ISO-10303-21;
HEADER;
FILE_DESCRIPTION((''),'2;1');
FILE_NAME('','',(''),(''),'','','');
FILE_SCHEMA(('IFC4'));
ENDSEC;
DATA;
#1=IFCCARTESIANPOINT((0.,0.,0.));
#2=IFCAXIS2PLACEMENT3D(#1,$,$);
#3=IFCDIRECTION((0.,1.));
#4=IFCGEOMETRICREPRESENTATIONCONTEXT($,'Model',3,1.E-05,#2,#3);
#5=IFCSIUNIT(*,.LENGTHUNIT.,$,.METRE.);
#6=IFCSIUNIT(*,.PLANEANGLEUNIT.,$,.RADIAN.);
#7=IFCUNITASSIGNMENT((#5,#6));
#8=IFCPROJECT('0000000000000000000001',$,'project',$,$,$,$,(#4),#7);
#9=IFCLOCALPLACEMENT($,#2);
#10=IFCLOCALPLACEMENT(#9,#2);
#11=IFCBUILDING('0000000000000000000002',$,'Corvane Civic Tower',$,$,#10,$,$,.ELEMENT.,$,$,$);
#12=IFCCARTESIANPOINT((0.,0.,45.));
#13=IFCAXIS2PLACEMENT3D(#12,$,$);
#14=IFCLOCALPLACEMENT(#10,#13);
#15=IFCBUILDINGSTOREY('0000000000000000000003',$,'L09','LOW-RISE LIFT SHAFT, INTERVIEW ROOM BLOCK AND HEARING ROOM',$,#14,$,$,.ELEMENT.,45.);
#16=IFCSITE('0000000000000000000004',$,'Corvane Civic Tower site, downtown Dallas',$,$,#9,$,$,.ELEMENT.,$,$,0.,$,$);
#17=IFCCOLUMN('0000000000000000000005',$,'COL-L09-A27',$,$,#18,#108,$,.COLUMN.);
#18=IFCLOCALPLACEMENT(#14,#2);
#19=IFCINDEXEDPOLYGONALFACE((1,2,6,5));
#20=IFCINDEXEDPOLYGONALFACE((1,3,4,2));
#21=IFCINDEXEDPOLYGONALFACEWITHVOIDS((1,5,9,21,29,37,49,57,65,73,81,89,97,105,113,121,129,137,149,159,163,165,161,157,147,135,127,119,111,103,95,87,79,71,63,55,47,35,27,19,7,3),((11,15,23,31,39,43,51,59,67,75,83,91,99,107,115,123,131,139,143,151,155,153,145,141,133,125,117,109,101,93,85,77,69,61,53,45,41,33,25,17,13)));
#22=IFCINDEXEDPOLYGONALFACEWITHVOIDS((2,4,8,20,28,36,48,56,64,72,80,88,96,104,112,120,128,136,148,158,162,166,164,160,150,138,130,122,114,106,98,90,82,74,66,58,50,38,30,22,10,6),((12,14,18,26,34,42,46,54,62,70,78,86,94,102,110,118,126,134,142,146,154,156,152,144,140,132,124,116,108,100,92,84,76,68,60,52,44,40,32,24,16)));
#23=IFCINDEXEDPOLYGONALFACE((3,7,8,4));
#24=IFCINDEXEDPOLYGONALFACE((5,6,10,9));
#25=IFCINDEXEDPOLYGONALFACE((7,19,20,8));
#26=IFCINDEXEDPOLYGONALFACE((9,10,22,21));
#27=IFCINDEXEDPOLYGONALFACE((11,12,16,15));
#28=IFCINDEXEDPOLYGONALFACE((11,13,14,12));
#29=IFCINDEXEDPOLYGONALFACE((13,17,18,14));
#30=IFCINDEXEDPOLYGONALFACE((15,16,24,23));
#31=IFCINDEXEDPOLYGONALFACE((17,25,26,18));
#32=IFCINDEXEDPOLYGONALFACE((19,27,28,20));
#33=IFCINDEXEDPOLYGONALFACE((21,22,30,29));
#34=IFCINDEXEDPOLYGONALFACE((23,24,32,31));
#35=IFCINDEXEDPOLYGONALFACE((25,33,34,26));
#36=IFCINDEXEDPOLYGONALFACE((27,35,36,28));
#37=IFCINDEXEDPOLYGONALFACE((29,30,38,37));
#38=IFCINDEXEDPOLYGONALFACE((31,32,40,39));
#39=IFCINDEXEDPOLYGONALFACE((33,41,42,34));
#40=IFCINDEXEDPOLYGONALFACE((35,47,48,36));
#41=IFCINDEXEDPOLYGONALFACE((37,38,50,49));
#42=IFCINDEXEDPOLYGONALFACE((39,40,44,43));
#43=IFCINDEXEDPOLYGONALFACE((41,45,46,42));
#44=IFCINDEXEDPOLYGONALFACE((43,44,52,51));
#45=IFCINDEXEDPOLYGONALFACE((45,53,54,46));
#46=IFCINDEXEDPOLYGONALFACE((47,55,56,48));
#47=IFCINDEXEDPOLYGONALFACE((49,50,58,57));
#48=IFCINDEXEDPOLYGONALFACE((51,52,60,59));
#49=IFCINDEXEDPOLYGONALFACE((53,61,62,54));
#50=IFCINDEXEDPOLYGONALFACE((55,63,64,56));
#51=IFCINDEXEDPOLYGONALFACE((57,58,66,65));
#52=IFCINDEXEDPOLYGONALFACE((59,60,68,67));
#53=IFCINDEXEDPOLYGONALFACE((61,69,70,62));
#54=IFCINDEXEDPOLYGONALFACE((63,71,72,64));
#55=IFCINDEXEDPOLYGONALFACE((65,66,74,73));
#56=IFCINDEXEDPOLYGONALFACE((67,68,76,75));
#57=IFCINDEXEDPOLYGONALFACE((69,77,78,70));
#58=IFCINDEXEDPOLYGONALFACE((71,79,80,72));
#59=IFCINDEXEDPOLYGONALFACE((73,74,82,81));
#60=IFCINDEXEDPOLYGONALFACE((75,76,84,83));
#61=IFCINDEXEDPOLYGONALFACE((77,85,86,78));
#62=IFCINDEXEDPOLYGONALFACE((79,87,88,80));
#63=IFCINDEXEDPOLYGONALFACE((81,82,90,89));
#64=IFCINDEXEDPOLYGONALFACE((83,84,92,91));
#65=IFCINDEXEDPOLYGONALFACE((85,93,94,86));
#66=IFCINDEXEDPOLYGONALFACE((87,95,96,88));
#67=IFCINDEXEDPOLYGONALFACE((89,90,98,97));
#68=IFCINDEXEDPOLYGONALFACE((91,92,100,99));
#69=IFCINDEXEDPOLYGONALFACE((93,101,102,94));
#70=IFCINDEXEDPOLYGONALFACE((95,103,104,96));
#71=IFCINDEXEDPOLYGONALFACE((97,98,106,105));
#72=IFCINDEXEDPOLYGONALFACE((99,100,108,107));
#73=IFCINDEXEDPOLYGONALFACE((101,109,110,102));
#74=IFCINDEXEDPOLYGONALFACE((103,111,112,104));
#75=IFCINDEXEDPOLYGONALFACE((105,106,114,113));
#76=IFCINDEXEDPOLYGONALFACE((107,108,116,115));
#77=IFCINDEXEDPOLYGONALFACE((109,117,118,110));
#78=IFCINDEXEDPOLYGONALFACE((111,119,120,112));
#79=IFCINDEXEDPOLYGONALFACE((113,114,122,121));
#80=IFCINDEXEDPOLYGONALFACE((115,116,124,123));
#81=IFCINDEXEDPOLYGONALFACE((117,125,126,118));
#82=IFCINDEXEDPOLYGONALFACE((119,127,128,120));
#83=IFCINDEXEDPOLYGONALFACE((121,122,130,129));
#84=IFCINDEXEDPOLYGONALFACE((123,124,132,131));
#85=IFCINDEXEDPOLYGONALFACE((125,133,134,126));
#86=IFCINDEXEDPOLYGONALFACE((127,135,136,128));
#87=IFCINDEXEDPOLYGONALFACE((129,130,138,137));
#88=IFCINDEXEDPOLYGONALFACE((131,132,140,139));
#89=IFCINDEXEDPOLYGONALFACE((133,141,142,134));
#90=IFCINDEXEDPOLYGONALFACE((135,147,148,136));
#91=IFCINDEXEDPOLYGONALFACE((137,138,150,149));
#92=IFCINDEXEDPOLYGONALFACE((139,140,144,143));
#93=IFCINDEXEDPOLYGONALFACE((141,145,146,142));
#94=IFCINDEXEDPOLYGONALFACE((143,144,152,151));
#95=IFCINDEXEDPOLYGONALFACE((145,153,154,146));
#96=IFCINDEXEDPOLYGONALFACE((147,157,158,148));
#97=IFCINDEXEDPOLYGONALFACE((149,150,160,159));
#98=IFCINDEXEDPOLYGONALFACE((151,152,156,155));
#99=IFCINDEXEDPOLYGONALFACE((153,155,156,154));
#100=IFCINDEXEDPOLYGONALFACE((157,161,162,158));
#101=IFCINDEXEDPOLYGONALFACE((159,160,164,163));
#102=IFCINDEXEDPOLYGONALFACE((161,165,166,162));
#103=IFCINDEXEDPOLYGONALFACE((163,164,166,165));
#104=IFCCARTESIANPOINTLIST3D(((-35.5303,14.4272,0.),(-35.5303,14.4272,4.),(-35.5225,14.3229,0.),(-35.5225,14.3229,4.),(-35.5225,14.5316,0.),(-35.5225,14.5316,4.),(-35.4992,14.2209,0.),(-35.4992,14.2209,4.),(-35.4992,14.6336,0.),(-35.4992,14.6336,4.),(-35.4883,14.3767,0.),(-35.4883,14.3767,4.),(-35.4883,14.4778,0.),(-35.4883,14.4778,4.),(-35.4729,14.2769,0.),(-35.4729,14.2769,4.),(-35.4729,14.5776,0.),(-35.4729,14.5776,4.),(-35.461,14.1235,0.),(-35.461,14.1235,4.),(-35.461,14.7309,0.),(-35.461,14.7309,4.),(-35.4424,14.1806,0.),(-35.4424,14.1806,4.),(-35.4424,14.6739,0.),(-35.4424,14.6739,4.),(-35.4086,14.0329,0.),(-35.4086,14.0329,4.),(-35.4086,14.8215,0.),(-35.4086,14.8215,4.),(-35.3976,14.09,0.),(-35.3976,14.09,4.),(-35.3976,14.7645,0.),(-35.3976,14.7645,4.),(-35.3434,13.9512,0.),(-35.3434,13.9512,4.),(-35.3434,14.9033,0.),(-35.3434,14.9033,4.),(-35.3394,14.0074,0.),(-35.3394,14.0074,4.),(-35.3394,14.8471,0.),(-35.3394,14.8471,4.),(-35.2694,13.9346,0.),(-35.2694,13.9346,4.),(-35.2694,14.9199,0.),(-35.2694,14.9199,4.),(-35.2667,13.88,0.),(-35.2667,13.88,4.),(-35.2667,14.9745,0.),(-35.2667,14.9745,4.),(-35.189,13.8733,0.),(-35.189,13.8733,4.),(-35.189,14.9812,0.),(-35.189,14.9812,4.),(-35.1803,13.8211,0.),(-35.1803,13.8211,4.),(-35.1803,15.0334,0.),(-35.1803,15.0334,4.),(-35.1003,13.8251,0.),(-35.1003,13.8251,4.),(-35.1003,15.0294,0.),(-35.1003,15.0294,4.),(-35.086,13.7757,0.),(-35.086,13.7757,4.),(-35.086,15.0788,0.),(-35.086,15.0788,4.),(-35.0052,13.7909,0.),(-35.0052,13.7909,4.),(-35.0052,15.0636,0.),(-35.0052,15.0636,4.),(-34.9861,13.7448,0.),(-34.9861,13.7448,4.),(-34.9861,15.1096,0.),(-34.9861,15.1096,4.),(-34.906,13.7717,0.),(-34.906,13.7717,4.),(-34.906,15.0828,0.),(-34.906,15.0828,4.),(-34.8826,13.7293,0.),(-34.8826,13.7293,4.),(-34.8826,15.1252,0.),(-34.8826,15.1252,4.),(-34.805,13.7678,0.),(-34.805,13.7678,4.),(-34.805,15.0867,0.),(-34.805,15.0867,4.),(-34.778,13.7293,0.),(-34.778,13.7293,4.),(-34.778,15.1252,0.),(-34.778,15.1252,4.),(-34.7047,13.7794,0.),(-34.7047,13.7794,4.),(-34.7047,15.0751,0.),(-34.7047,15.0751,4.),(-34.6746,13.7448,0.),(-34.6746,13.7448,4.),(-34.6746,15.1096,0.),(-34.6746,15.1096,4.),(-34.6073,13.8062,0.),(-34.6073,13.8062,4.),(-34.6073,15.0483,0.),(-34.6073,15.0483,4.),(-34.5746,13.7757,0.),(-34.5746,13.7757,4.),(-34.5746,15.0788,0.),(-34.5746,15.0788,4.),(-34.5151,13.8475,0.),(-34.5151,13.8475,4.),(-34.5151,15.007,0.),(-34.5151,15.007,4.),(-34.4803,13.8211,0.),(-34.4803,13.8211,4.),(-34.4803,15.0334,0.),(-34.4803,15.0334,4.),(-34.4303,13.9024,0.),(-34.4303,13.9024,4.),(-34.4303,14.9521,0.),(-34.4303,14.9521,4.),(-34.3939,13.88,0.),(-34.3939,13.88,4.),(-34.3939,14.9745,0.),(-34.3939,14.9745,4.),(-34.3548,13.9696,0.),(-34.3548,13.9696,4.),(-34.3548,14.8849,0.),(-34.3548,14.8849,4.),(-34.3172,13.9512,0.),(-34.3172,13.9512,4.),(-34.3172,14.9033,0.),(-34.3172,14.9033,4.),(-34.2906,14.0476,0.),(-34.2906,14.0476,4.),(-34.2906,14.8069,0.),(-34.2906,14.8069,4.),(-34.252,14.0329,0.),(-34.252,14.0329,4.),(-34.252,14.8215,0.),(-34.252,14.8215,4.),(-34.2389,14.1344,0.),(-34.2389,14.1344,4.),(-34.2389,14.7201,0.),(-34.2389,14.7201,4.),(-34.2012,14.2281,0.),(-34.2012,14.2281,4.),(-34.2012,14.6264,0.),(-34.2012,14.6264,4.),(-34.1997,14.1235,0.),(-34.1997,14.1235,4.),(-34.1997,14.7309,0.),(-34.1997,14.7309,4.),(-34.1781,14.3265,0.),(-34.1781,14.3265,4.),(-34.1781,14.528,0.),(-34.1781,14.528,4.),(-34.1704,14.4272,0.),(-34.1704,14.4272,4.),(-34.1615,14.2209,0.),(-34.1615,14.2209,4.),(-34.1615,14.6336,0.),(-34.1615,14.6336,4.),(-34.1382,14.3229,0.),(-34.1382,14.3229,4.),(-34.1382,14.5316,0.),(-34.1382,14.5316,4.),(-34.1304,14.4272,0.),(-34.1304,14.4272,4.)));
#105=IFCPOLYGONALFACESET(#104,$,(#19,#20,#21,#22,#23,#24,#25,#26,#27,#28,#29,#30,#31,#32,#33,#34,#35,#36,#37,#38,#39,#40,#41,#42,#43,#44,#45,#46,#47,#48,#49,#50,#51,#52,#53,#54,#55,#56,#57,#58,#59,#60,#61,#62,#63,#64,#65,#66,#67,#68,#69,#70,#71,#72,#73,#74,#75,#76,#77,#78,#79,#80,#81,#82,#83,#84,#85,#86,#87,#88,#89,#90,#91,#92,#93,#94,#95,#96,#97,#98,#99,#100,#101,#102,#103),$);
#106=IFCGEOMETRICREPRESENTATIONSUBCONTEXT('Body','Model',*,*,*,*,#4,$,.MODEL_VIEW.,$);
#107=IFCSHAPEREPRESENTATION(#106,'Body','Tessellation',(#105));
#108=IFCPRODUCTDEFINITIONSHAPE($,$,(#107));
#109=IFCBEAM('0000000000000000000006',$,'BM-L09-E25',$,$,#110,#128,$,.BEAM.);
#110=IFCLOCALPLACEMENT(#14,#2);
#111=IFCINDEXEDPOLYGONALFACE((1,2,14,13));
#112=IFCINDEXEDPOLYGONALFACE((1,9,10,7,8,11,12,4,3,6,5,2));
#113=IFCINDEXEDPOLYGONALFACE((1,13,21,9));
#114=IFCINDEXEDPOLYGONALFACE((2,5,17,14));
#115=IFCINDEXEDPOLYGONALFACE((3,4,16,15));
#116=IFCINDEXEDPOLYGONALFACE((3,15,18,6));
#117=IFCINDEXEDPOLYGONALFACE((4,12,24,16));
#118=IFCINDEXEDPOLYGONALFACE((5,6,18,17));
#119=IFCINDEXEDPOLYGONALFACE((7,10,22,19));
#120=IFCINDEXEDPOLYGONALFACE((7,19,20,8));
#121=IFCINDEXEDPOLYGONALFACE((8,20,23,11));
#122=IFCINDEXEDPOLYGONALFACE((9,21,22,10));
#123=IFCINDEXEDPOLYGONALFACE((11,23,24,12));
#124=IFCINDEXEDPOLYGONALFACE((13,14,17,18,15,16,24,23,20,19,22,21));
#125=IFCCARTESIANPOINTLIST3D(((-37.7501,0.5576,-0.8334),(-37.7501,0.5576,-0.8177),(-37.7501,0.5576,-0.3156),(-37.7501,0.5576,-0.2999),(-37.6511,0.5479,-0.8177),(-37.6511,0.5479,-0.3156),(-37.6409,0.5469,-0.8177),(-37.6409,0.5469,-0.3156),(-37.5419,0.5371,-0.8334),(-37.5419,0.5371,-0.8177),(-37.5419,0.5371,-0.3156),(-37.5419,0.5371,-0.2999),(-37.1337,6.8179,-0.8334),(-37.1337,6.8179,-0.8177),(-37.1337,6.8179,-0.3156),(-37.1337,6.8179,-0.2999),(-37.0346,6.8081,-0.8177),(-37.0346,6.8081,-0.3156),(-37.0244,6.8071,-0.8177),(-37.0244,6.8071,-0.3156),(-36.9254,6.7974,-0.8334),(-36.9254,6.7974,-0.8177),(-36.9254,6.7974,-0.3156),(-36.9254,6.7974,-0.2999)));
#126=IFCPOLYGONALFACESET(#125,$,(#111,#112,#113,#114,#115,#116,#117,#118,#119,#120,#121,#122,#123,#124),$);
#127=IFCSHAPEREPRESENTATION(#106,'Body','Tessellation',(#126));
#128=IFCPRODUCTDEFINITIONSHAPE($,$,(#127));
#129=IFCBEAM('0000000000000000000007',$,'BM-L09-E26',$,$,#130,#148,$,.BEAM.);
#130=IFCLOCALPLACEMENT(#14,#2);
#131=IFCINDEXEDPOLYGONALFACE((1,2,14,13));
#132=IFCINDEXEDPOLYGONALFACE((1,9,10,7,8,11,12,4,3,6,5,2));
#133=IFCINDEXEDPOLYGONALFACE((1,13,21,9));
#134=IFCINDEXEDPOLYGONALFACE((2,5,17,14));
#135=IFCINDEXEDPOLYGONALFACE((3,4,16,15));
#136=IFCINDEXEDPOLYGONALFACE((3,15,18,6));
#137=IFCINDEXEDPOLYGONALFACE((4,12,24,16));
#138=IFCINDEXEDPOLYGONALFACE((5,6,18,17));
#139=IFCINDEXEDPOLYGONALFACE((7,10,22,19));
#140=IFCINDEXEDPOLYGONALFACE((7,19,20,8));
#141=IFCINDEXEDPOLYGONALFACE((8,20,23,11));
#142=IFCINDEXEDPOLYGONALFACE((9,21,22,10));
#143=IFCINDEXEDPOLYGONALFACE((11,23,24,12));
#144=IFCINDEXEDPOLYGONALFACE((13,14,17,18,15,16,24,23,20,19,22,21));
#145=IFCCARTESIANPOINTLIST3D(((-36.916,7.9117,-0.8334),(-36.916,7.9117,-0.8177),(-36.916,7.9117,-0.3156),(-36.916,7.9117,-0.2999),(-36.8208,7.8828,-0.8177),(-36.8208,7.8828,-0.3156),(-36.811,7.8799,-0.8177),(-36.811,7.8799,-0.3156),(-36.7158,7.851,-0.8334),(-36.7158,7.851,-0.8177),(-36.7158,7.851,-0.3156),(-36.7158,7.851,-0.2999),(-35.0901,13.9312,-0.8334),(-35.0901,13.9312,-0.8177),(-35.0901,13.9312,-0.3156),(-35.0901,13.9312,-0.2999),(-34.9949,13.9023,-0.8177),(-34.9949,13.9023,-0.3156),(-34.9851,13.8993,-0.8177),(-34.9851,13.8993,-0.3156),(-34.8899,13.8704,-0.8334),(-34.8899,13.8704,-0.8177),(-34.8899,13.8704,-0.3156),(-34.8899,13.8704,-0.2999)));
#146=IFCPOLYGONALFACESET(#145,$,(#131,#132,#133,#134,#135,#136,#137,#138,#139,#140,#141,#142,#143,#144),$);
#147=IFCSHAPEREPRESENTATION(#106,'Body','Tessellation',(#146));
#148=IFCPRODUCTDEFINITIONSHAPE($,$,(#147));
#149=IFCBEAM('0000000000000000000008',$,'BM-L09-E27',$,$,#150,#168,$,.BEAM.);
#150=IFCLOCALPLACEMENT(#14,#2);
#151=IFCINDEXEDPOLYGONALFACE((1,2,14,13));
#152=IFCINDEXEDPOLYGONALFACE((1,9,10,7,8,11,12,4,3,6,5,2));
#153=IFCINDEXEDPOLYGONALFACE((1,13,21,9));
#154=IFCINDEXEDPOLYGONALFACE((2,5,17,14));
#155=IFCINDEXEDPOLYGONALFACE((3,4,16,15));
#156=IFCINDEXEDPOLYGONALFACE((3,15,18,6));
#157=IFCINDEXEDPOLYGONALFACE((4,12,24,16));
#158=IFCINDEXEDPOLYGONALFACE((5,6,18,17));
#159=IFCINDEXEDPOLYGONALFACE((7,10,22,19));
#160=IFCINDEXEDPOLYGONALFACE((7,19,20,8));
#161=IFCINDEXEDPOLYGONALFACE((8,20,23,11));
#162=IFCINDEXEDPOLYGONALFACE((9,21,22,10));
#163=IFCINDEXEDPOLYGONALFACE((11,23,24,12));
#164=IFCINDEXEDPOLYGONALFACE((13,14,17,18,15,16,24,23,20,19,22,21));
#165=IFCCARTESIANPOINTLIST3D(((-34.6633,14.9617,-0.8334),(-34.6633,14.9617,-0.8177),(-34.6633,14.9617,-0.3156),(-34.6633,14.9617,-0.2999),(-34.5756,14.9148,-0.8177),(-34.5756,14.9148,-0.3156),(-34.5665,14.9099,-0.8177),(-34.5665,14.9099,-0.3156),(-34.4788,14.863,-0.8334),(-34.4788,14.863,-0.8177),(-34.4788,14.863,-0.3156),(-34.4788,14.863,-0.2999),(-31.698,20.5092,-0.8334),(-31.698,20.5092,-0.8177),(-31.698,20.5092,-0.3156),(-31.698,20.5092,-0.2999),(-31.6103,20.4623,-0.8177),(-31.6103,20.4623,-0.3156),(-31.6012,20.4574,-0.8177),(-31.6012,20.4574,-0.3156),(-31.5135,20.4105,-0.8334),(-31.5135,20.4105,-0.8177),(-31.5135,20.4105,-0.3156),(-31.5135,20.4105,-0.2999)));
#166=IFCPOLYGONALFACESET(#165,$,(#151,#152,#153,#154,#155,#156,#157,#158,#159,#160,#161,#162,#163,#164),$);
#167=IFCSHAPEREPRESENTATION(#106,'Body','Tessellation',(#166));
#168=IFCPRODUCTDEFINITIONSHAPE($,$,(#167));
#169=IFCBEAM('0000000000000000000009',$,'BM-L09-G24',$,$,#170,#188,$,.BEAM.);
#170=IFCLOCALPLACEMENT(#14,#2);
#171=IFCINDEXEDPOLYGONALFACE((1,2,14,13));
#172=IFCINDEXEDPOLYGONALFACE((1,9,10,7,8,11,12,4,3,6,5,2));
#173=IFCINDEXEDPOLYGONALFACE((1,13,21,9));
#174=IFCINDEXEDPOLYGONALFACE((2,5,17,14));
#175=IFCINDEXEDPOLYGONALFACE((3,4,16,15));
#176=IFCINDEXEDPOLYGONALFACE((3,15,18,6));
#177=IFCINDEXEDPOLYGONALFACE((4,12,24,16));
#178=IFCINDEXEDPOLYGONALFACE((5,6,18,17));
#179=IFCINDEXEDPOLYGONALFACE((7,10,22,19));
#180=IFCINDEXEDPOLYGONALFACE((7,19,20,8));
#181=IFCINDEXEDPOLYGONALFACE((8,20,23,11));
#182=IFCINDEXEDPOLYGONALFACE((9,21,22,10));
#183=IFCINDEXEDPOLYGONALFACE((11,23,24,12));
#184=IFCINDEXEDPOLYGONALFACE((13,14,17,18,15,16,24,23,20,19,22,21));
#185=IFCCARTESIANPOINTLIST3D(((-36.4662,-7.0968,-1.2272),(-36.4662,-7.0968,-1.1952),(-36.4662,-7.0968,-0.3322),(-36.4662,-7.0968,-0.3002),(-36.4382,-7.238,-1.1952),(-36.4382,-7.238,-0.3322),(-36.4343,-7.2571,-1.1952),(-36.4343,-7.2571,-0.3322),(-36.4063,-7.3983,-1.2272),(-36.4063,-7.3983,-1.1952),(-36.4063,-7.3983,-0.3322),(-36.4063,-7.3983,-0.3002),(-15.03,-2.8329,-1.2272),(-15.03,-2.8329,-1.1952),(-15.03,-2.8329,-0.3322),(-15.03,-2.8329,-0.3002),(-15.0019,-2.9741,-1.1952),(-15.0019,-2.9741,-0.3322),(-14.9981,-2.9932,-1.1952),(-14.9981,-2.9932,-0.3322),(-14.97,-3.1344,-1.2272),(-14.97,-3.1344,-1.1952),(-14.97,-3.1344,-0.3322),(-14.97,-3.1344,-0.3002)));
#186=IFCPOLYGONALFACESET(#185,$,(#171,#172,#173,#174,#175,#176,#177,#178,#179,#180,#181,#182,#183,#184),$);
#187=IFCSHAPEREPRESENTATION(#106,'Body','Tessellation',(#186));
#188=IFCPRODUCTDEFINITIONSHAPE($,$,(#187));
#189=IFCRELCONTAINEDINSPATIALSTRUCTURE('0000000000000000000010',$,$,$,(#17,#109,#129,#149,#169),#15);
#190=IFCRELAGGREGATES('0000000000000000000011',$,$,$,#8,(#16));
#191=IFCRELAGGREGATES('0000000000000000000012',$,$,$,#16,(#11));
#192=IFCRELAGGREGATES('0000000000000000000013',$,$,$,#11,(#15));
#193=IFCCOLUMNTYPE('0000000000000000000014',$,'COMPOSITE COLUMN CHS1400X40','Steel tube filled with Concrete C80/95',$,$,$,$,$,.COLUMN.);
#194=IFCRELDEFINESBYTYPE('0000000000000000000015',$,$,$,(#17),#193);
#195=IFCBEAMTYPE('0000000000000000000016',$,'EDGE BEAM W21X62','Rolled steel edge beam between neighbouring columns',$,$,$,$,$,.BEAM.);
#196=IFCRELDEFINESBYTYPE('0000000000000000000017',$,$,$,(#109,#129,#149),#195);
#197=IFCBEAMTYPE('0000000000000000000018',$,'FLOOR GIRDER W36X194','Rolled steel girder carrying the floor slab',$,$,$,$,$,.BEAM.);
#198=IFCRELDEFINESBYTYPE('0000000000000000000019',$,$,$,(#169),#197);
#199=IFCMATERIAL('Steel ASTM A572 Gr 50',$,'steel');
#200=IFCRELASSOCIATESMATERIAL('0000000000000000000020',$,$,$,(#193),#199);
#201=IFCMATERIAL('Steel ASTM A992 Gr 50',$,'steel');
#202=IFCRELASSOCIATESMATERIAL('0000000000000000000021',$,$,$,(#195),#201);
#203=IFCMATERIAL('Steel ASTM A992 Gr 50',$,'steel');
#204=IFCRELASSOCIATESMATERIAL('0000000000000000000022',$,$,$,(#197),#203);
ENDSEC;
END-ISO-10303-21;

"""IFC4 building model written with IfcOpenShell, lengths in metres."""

from ifc_helpers import new_model, si_unit, direction, frame, origin, origin_2d, place, context, subcontext, project, spatial, hollow_circle, i_section, extrude, material, material_profile, profile_set, type_object, element, save


model = new_model("IFC4")

# Units and contexts
model_context = context("Model", 3, precision=1e-05, world=origin(), true_north=direction((0.0, 1.0)))
body_context = subcontext(model_context, "Body", "Model", "MODEL_VIEW")
ifc_project = project(units=[si_unit("LENGTHUNIT", "METRE"), si_unit("PLANEANGLEUNIT", "RADIAN")], contexts=[model_context])

# Site, building, storey
site_placement = place(None, origin())
site = spatial("IfcSite", under=ifc_project, at=site_placement, Name="Corvane Civic Tower site, downtown Dallas", CompositionType="ELEMENT", RefElevation=0.0)
building_placement = place(site_placement, origin())
building = spatial("IfcBuilding", under=site, at=building_placement, Name="Corvane Civic Tower", CompositionType="ELEMENT")
storey_placement = place(building_placement, frame((0.0, 0.0, 45.0)))
storey = spatial("IfcBuildingStorey", under=building, at=storey_placement, Name="L09", Description="LOW-RISE LIFT SHAFT, INTERVIEW ROOM BLOCK AND HEARING ROOM", CompositionType="ELEMENT", Elevation=45.0)

# Column
ifc_material_1 = material(Name="Steel ASTM A572 Gr 50", Category="steel")
ifc_material_profile_1 = material_profile(ifc_material_1, hollow_circle(Radius=0.7, WallThickness=0.04, at=origin_2d()), Name="CHS1400X40")
ifc_profile_set_1 = profile_set([ifc_material_profile_1], Name="Steel ASTM A572 Gr 50")
column_type = type_object("IfcColumnType", Name="COMPOSITE COLUMN CHS1400X40", Description="Steel tube filled with Concrete C80/95", PredefinedType="COLUMN", material=ifc_profile_set_1)
for number, where, z_axis, x_axis, name in (
    (1, (-34.8303, 14.4272, 0.0), (0.0, 0.0, 1.0), (1.0, 0.0, 0.0), "COL-L09-A27"),
):
    element("IfcColumn", number, at=place(storey_placement, frame(where, z_axis=z_axis, x_axis=x_axis)), inside=storey, type_object=column_type, Name=name, PredefinedType="COLUMN", context=body_context, shape_type="SweptSolid", body=[
        extrude(hollow_circle(Radius=0.7, WallThickness=0.04, at=origin_2d()), origin(), (0.0, 0.0, 1.0), 4.0),
    ])

# Beams
ifc_material_2 = material(Name="Steel ASTM A992 Gr 50", Category="steel")
ifc_material_profile_2 = material_profile(ifc_material_2, i_section(OverallWidth=0.2092, OverallDepth=0.5334, WebThickness=0.0103, FlangeThickness=0.0156, at=origin_2d()), Name="W21X62")
ifc_profile_set_2 = profile_set([ifc_material_profile_2], Name="Steel ASTM A992 Gr 50")
beam_type_1 = type_object("IfcBeamType", Name="EDGE BEAM W21X62", Description="Rolled steel edge beam between neighbouring columns", PredefinedType="BEAM", material=ifc_profile_set_2)
beam_1_placement = place(storey_placement, frame((-37.646, 0.5474, -0.5667), z_axis=(0.097997, 0.995187, 0.0), x_axis=(-0.995187, 0.097997, 0.0)))
element("IfcBeam", 2, at=beam_1_placement, inside=storey, type_object=beam_type_1, Name="BM-L09-E25", PredefinedType="BEAM", context=body_context, shape_type="SweptSolid", body=[
    extrude(i_section(OverallWidth=0.2092, OverallDepth=0.5334, WebThickness=0.0103, FlangeThickness=0.0156, at=origin_2d()), origin(), (0.0, 0.0, 1.0), 6.2905),
])
for number, where, z_axis, x_axis, name in (
    (3, (-36.8159, 7.8813, -0.5667), (0.290273, 0.956944, 0.0), (-0.956944, 0.290273, 0.0), "BM-L09-E26"),
    (4, (-34.571, 14.9124, -0.5667), (0.471406, 0.881916, 0.0), (-0.881916, 0.471406, 0.0), "BM-L09-E27"),
):
    element("IfcBeam", number, at=place(storey_placement, frame(where, z_axis=z_axis, x_axis=x_axis)), inside=storey, type_object=beam_type_1, Name=name, PredefinedType="BEAM", context=body_context, shape_type="SweptSolid", body=[
        extrude(i_section(OverallWidth=0.2092, OverallDepth=0.5334, WebThickness=0.0103, FlangeThickness=0.0156, at=origin_2d()), origin(), (0.0, 0.0, 1.0), 6.2903),
    ])
ifc_material_3 = material(Name="Steel ASTM A992 Gr 50", Category="steel")
ifc_material_profile_3 = material_profile(ifc_material_3, i_section(OverallWidth=0.3074, OverallDepth=0.927, WebThickness=0.0195, FlangeThickness=0.032, at=origin_2d()), Name="W36X194")
ifc_profile_set_3 = profile_set([ifc_material_profile_3], Name="Steel ASTM A992 Gr 50")
beam_type_2 = type_object("IfcBeamType", Name="FLOOR GIRDER W36X194", Description="Rolled steel girder carrying the floor slab", PredefinedType="BEAM", material=ifc_profile_set_3)
beam_2_placement = place(storey_placement, frame((-15.0, -2.9836, -0.7637), z_axis=(-0.980785, -0.195089, 0.0), x_axis=(0.195089, -0.980785, 0.0)))
element("IfcBeam", 5, at=beam_2_placement, inside=storey, type_object=beam_type_2, Name="BM-L09-G24", PredefinedType="BEAM", context=body_context, shape_type="SweptSolid", body=[
    extrude(i_section(OverallWidth=0.3074, OverallDepth=0.927, WebThickness=0.0195, FlangeThickness=0.032, at=origin_2d()), origin(), (0.0, 0.0, 1.0), 21.8562),
])

save(model, "model.ifc")
